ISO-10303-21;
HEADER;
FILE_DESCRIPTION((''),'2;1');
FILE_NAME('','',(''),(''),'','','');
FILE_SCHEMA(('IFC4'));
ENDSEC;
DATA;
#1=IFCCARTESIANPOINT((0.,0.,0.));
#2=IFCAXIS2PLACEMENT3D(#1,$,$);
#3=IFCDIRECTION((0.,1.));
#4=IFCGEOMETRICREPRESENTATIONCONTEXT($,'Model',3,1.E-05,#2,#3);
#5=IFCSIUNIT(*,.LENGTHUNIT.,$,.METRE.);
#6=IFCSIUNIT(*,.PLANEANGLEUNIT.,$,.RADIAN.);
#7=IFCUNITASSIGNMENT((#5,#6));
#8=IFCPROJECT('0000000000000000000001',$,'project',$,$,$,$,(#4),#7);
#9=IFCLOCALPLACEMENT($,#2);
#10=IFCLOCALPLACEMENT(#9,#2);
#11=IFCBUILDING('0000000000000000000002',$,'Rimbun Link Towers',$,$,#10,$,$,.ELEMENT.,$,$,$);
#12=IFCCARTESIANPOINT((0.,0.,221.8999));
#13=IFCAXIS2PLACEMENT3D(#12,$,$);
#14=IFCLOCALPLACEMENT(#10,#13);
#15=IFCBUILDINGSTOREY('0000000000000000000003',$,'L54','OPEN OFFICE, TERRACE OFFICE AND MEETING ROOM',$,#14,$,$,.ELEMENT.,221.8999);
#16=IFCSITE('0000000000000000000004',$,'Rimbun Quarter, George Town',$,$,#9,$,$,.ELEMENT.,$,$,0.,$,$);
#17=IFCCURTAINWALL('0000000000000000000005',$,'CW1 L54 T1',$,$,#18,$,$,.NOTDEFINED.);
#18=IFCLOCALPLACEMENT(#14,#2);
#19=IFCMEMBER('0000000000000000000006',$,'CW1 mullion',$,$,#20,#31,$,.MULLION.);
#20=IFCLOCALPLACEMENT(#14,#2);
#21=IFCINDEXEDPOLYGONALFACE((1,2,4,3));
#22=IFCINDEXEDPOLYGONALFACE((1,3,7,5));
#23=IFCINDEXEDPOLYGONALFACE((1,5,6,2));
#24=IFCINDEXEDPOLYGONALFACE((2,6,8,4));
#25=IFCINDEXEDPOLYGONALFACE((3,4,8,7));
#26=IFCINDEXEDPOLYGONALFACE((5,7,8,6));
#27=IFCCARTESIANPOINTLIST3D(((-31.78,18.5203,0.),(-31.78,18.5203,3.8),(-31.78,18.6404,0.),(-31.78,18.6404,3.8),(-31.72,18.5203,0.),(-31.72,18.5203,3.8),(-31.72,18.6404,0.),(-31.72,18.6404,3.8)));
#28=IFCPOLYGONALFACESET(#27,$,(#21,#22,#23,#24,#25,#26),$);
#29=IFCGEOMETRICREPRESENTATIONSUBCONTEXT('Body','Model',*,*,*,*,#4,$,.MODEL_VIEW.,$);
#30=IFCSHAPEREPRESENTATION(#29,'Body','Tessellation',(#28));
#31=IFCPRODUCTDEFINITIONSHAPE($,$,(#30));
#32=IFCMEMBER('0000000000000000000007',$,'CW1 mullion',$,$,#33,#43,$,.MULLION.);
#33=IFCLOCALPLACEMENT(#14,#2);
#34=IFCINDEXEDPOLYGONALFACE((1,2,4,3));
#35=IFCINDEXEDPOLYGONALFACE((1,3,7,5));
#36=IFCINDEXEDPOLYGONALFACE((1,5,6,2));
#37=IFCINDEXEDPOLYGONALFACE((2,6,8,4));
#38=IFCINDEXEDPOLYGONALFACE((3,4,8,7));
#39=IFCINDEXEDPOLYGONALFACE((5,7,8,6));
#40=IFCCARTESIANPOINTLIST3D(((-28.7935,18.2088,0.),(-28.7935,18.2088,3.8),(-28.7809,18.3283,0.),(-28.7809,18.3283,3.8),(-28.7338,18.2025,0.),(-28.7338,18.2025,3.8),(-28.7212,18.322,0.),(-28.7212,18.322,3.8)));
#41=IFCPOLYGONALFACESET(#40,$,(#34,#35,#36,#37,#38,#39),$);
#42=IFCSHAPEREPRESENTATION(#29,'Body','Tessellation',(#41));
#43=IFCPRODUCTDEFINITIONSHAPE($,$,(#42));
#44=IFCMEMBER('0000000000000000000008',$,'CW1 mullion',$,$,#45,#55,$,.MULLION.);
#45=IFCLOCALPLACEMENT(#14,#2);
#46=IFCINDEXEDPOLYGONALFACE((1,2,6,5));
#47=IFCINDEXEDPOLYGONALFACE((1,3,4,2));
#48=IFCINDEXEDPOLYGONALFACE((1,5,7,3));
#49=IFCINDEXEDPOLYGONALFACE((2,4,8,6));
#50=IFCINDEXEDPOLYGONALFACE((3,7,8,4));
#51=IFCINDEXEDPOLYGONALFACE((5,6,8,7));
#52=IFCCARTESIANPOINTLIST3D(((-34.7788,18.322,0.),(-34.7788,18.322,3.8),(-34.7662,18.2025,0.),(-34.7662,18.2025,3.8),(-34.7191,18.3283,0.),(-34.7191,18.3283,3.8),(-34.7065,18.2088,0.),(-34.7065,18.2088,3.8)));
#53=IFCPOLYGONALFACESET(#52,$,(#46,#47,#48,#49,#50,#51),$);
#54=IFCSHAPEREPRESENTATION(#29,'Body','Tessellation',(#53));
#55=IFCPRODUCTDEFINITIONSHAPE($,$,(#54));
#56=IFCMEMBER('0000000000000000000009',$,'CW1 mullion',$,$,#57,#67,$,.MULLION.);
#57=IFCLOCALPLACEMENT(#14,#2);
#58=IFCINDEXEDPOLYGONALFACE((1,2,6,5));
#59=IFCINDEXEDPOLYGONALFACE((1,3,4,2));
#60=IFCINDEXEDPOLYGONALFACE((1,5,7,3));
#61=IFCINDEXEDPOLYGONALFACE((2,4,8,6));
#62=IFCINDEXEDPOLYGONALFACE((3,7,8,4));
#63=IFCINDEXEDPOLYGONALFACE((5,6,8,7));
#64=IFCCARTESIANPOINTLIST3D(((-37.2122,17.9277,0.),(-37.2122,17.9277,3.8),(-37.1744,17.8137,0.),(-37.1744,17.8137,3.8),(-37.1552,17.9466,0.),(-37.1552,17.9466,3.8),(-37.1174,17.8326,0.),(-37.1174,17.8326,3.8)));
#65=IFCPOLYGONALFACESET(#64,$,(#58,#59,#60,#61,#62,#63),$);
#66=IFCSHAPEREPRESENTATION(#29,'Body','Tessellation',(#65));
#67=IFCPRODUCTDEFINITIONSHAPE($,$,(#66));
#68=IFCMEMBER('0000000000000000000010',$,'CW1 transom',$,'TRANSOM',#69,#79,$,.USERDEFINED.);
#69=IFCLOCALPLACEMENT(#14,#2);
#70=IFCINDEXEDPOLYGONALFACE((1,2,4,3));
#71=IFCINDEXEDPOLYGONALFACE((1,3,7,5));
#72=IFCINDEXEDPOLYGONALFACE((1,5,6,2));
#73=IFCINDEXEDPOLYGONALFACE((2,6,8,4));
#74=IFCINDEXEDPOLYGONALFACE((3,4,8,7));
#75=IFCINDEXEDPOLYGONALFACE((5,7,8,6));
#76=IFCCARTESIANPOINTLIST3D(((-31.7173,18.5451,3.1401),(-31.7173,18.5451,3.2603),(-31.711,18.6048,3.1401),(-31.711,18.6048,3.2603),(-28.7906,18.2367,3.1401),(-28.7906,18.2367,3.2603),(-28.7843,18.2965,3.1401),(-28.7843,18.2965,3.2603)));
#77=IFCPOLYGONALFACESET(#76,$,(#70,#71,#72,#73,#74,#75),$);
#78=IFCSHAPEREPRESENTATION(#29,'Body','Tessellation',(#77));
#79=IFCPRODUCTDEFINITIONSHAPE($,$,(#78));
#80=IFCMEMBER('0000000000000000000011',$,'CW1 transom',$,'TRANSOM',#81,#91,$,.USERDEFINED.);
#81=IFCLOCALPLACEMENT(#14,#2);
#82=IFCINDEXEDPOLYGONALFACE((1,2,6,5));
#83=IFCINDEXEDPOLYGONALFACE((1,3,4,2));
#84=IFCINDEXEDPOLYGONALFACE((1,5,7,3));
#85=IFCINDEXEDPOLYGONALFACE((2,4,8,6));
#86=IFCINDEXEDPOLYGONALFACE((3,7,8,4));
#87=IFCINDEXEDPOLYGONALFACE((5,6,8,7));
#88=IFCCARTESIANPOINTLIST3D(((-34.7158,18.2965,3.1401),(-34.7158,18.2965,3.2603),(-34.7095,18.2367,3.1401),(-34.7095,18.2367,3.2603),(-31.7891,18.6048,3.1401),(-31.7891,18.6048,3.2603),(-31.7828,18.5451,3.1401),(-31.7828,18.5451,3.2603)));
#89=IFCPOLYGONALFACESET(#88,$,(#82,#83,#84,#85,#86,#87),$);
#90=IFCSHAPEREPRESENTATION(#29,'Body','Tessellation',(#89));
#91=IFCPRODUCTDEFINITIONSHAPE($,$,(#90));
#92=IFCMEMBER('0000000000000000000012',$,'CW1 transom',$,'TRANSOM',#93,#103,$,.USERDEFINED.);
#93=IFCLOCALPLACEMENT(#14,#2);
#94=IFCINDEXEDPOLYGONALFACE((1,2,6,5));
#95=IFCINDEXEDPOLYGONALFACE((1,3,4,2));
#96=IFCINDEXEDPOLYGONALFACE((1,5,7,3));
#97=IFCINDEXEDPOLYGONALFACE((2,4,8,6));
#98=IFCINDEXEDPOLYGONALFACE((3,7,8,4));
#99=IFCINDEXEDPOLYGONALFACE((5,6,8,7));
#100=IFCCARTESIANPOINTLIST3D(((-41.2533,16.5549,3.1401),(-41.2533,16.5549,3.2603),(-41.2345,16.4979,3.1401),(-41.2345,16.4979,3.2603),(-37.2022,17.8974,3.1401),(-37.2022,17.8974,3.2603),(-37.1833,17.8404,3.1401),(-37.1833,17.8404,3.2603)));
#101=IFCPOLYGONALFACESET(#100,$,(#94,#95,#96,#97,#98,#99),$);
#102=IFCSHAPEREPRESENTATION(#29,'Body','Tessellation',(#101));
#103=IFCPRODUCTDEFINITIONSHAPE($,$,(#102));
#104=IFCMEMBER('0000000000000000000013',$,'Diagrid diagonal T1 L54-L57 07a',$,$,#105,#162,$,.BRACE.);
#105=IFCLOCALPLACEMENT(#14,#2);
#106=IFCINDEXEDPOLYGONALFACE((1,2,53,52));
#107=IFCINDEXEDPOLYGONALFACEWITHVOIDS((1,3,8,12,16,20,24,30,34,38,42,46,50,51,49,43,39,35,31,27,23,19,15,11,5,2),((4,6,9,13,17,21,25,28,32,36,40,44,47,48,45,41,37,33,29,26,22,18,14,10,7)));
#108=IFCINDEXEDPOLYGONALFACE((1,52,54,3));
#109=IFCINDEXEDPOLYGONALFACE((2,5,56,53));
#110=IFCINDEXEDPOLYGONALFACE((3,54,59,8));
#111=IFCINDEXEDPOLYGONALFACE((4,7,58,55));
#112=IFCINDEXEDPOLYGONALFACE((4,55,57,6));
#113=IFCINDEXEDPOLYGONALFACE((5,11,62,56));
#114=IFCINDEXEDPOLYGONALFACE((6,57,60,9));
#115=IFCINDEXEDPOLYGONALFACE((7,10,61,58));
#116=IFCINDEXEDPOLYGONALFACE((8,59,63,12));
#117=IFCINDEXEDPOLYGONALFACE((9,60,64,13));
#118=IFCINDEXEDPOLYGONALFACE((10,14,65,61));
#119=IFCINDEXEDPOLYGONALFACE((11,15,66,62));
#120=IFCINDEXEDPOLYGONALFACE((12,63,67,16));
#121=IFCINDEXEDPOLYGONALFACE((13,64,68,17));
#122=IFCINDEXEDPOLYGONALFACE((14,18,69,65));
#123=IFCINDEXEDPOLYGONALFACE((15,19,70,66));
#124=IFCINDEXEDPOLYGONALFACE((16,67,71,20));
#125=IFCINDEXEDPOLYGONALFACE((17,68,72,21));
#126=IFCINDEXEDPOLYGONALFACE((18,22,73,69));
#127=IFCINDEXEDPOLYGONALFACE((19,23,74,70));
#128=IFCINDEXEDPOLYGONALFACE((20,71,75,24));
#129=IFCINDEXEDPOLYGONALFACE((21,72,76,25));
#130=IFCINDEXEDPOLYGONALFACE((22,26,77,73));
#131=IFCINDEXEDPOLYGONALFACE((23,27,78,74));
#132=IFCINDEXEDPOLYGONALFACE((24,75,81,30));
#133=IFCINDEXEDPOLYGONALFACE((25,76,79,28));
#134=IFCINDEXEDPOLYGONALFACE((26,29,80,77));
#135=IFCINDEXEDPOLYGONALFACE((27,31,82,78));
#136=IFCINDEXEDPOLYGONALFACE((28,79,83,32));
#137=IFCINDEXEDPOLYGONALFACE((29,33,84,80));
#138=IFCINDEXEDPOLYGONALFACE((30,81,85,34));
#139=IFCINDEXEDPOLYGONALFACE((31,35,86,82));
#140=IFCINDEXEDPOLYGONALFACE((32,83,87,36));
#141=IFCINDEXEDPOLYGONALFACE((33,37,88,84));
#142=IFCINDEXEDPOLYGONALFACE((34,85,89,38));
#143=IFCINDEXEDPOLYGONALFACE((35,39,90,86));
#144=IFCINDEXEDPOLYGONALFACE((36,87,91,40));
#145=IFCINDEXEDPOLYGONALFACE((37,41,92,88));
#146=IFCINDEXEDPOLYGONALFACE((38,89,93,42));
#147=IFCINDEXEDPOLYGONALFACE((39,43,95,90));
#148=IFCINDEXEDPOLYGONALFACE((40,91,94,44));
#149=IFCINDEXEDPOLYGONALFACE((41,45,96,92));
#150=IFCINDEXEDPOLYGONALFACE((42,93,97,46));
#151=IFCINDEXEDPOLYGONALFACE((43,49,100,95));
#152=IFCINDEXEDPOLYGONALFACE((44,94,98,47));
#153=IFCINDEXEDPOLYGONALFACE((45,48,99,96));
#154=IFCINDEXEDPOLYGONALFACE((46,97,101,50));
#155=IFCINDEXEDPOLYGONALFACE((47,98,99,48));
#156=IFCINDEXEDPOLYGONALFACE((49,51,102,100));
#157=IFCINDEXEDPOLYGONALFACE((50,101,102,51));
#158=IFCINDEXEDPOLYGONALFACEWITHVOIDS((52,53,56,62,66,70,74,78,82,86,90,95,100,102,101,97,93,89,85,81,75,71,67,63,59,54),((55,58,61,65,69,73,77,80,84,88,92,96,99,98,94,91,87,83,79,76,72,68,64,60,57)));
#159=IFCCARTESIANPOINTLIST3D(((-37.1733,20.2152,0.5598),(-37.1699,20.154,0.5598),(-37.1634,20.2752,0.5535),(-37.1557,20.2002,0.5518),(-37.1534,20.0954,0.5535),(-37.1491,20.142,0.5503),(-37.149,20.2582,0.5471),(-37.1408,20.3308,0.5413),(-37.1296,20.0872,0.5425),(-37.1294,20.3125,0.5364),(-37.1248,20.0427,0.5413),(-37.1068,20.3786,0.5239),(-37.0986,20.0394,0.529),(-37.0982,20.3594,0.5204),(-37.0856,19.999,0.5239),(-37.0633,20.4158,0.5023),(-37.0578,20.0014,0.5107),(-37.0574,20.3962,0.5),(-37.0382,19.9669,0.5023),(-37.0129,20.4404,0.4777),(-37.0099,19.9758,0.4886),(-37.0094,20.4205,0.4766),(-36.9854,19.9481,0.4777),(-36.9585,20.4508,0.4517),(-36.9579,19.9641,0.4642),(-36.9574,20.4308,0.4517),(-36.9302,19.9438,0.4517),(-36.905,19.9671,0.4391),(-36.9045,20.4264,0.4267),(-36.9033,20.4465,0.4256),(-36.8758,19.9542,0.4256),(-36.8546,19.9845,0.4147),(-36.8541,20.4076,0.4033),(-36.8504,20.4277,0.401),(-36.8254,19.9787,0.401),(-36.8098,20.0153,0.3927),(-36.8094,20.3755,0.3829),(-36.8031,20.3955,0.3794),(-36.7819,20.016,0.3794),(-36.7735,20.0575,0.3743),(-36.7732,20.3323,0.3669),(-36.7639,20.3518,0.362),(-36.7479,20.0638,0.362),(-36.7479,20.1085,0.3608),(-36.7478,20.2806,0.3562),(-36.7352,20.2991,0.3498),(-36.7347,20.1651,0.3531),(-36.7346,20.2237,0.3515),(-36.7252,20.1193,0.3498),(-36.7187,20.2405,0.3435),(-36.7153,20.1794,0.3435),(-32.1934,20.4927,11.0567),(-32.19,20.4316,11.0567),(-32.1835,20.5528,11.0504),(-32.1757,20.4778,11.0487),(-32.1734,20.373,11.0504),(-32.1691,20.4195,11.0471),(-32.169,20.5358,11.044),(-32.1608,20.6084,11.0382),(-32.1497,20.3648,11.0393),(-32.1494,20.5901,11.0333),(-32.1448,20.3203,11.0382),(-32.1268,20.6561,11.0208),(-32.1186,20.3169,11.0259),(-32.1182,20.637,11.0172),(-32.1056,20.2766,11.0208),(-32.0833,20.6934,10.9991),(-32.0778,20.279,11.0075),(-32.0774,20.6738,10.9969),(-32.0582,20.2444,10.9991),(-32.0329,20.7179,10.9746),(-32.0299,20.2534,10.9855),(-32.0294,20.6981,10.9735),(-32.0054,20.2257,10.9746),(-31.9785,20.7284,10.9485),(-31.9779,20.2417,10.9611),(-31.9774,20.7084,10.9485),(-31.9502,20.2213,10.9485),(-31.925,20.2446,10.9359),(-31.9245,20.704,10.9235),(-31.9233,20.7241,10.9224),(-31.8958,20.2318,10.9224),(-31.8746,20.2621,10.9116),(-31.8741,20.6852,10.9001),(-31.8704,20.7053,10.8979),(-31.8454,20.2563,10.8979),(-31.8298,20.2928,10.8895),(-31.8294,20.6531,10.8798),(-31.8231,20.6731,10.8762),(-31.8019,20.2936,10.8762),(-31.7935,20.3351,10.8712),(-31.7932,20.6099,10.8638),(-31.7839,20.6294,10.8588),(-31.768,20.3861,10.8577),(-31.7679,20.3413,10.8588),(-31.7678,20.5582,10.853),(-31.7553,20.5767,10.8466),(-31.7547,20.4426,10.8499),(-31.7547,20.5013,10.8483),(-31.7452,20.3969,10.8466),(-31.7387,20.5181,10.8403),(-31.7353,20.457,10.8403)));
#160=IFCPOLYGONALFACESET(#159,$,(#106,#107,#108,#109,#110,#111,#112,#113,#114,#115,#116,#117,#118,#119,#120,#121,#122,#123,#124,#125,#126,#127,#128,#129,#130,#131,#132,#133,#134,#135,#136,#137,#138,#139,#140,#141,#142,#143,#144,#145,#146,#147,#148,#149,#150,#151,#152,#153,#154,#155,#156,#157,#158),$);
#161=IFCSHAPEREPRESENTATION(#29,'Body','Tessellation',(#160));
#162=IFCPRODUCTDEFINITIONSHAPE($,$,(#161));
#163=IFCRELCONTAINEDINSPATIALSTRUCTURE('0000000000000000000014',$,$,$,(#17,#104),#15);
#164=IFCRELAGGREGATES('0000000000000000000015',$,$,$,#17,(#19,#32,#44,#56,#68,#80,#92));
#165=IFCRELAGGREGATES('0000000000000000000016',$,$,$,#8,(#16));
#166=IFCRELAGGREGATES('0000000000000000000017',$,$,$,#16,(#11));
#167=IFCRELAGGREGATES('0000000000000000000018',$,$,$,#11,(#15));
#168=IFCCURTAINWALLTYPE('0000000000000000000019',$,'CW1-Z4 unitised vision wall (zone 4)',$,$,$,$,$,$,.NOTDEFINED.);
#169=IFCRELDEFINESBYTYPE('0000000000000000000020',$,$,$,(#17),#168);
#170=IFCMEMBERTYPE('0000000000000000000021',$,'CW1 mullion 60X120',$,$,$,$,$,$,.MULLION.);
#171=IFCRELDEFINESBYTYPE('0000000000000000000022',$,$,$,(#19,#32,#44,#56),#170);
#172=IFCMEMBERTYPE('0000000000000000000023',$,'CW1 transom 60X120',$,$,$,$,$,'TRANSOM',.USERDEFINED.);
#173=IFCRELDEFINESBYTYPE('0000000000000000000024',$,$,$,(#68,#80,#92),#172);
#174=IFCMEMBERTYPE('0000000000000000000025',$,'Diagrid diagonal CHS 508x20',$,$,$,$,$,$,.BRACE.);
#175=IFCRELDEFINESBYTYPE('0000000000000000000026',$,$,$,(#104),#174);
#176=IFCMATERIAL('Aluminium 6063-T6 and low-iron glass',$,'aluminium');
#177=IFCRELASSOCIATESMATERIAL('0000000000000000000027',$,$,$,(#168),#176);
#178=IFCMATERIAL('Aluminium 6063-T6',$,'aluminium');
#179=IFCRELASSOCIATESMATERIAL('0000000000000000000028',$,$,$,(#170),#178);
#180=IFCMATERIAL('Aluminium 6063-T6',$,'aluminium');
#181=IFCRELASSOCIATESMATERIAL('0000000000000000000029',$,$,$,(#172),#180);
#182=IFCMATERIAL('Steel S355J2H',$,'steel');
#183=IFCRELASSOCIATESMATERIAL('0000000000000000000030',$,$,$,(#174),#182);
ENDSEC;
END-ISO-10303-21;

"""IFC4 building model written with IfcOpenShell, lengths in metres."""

from ifc_helpers import new_model, si_unit, direction, frame, origin, origin_2d, place, context, subcontext, project, spatial, rectangle, hollow_circle, extrude, material, material_profile, profile_set, type_object, element, aggregate, save


model = new_model("IFC4")

# Units and contexts
model_context = context("Model", 3, precision=1e-05, world=origin(), true_north=direction((0.0, 1.0)))
body_context = subcontext(model_context, "Body", "Model", "MODEL_VIEW")
ifc_project = project(units=[si_unit("LENGTHUNIT", "METRE"), si_unit("PLANEANGLEUNIT", "RADIAN")], contexts=[model_context])

# Site, building, storey
site_placement = place(None, origin())
site = spatial("IfcSite", under=ifc_project, at=site_placement, Name="Rimbun Quarter, George Town", CompositionType="ELEMENT", RefElevation=0.0)
building_placement = place(site_placement, origin())
building = spatial("IfcBuilding", under=site, at=building_placement, Name="Rimbun Link Towers", CompositionType="ELEMENT")
storey_placement = place(building_placement, frame((0.0, 0.0, 221.8999)))
storey = spatial("IfcBuildingStorey", under=building, at=storey_placement, Name="L54", Description="OPEN OFFICE, TERRACE OFFICE AND MEETING ROOM", CompositionType="ELEMENT", Elevation=221.8999)

# Curtain wall, members
ifc_material_1 = material(Name="Aluminium 6063-T6 and low-iron glass", Category="aluminium")
curtain_wall_type = type_object("IfcCurtainWallType", Name="CW1-Z4 unitised vision wall (zone 4)", PredefinedType="NOTDEFINED", material=ifc_material_1)
curtain_wall_placement = place(storey_placement, origin())
curtain_wall = element("IfcCurtainWall", 1, at=curtain_wall_placement, inside=storey, type_object=curtain_wall_type, Name="CW1 L54 T1", PredefinedType="NOTDEFINED")
ifc_material_2 = material(Name="Aluminium 6063-T6", Category="aluminium")
ifc_material_profile_1 = material_profile(ifc_material_2, rectangle(XDim=0.1201, YDim=0.0601, at=origin_2d()), Name="MULLION 60X120")
ifc_profile_set_1 = profile_set([ifc_material_profile_1], Name="Aluminium 6063-T6")
member_type_1 = type_object("IfcMemberType", Name="CW1 mullion 60X120", PredefinedType="MULLION", material=ifc_profile_set_1)
member_1_placement = place(storey_placement, frame((-31.75, 18.5803, 0.0), z_axis=(0.0, 0.0, 1.0), x_axis=(0.0, 1.0, 0.0)))
member_1 = element("IfcMember", 2, at=member_1_placement, type_object=member_type_1, Name="CW1 mullion", PredefinedType="MULLION", context=body_context, shape_type="SweptSolid", body=[
    extrude(rectangle(XDim=0.1201, YDim=0.0601, at=origin_2d()), origin(), (0.0, 0.0, 1.0), 3.8),
])
member_2_placement = place(storey_placement, frame((-28.7573, 18.2654, 0.0), z_axis=(0.0, 0.0, 1.0), x_axis=(0.104739, 0.9945, 0.0)))
member_2 = element("IfcMember", 3, at=member_2_placement, type_object=member_type_1, Name="CW1 mullion", PredefinedType="MULLION", context=body_context, shape_type="SweptSolid", body=[
    extrude(rectangle(XDim=0.1201, YDim=0.0601, at=origin_2d()), origin(), (0.0, 0.0, 1.0), 3.8),
])
member_3_placement = place(storey_placement, frame((-34.7427, 18.2654, 0.0), z_axis=(0.0, 0.0, 1.0), x_axis=(-0.104739, 0.9945, 0.0)))
member_3 = element("IfcMember", 4, at=member_3_placement, type_object=member_type_1, Name="CW1 mullion", PredefinedType="MULLION", context=body_context, shape_type="SweptSolid", body=[
    extrude(rectangle(XDim=0.1201, YDim=0.0601, at=origin_2d()), origin(), (0.0, 0.0, 1.0), 3.8),
])
member_4_placement = place(storey_placement, frame((-37.1648, 17.8801, 0.0), z_axis=(0.0, 0.0, 1.0), x_axis=(-0.314565, 0.949236, 0.0)))
member_4 = element("IfcMember", 5, at=member_4_placement, type_object=member_type_1, Name="CW1 mullion", PredefinedType="MULLION", context=body_context, shape_type="SweptSolid", body=[
    extrude(rectangle(XDim=0.1201, YDim=0.0601, at=origin_2d()), origin(), (0.0, 0.0, 1.0), 3.8),
])
ifc_material_3 = material(Name="Aluminium 6063-T6", Category="aluminium")
ifc_material_profile_2 = material_profile(ifc_material_3, rectangle(XDim=0.0601, YDim=0.1201, at=origin_2d()), Name="TRANSOM 60X120")
ifc_profile_set_2 = profile_set([ifc_material_profile_2], Name="Aluminium 6063-T6")
member_type_2 = type_object("IfcMemberType", Name="CW1 transom 60X120", ElementType="TRANSOM", PredefinedType="USERDEFINED", material=ifc_profile_set_2)
member_5_placement = place(storey_placement, frame((-31.7141, 18.575, 3.2002), z_axis=(0.994496, -0.104775, 0.0), x_axis=(0.104775, 0.994496, 0.0)))
member_5 = element("IfcMember", 6, at=member_5_placement, type_object=member_type_2, Name="CW1 transom", ObjectType="TRANSOM", PredefinedType="USERDEFINED", context=body_context, shape_type="SweptSolid", body=[
    extrude(rectangle(XDim=0.0601, YDim=0.1201, at=origin_2d()), origin(), (0.0, 0.0, 1.0), 2.9429),
])
member_6_placement = place(storey_placement, frame((-34.7126, 18.2666, 3.2002), z_axis=(0.994496, 0.104775, 0.0), x_axis=(-0.104775, 0.994496, 0.0)))
member_6 = element("IfcMember", 7, at=member_6_placement, type_object=member_type_2, Name="CW1 transom", ObjectType="TRANSOM", PredefinedType="USERDEFINED", context=body_context, shape_type="SweptSolid", body=[
    extrude(rectangle(XDim=0.0601, YDim=0.1201, at=origin_2d()), origin(), (0.0, 0.0, 1.0), 2.9429),
])
member_7_placement = place(storey_placement, frame((-41.2439, 16.5264, 3.2002), z_axis=(0.949237, 0.314563, 0.0), x_axis=(-0.314563, 0.949237, 0.0)))
member_7 = element("IfcMember", 8, at=member_7_placement, type_object=member_type_2, Name="CW1 transom", ObjectType="TRANSOM", PredefinedType="USERDEFINED", context=body_context, shape_type="SweptSolid", body=[
    extrude(rectangle(XDim=0.0601, YDim=0.1201, at=origin_2d()), origin(), (0.0, 0.0, 1.0), 4.2678),
])

# Member
ifc_material_4 = material(Name="Steel S355J2H", Category="steel")
ifc_material_profile_3 = material_profile(ifc_material_4, hollow_circle(Radius=0.2539, WallThickness=0.02, at=origin_2d()), Name="Diagrid diagonal CHS 508x20")
ifc_profile_set_3 = profile_set([ifc_material_profile_3], Name="Steel S355J2H")
member_type_3 = type_object("IfcMemberType", Name="Diagrid diagonal CHS 508x20", PredefinedType="BRACE", material=ifc_profile_set_3)
member_8_placement = place(storey_placement, frame((-36.9443, 20.1973, 0.4517), z_axis=(0.428512, 0.023886, 0.90322), x_axis=(-0.055654, 0.99845, 0.0)))
element("IfcMember", 9, at=member_8_placement, inside=storey, type_object=member_type_3, Name="Diagrid diagonal T1 L54-L57 07a", PredefinedType="BRACE", context=body_context, shape_type="SweptSolid", body=[
    extrude(hollow_circle(Radius=0.2539, WallThickness=0.02, at=origin_2d()), origin(), (0.0, 0.0, 1.0), 11.6216),
])

aggregate(curtain_wall, [member_1, member_2, member_3, member_4, member_5, member_6, member_7])

save(model, "model.ifc")
